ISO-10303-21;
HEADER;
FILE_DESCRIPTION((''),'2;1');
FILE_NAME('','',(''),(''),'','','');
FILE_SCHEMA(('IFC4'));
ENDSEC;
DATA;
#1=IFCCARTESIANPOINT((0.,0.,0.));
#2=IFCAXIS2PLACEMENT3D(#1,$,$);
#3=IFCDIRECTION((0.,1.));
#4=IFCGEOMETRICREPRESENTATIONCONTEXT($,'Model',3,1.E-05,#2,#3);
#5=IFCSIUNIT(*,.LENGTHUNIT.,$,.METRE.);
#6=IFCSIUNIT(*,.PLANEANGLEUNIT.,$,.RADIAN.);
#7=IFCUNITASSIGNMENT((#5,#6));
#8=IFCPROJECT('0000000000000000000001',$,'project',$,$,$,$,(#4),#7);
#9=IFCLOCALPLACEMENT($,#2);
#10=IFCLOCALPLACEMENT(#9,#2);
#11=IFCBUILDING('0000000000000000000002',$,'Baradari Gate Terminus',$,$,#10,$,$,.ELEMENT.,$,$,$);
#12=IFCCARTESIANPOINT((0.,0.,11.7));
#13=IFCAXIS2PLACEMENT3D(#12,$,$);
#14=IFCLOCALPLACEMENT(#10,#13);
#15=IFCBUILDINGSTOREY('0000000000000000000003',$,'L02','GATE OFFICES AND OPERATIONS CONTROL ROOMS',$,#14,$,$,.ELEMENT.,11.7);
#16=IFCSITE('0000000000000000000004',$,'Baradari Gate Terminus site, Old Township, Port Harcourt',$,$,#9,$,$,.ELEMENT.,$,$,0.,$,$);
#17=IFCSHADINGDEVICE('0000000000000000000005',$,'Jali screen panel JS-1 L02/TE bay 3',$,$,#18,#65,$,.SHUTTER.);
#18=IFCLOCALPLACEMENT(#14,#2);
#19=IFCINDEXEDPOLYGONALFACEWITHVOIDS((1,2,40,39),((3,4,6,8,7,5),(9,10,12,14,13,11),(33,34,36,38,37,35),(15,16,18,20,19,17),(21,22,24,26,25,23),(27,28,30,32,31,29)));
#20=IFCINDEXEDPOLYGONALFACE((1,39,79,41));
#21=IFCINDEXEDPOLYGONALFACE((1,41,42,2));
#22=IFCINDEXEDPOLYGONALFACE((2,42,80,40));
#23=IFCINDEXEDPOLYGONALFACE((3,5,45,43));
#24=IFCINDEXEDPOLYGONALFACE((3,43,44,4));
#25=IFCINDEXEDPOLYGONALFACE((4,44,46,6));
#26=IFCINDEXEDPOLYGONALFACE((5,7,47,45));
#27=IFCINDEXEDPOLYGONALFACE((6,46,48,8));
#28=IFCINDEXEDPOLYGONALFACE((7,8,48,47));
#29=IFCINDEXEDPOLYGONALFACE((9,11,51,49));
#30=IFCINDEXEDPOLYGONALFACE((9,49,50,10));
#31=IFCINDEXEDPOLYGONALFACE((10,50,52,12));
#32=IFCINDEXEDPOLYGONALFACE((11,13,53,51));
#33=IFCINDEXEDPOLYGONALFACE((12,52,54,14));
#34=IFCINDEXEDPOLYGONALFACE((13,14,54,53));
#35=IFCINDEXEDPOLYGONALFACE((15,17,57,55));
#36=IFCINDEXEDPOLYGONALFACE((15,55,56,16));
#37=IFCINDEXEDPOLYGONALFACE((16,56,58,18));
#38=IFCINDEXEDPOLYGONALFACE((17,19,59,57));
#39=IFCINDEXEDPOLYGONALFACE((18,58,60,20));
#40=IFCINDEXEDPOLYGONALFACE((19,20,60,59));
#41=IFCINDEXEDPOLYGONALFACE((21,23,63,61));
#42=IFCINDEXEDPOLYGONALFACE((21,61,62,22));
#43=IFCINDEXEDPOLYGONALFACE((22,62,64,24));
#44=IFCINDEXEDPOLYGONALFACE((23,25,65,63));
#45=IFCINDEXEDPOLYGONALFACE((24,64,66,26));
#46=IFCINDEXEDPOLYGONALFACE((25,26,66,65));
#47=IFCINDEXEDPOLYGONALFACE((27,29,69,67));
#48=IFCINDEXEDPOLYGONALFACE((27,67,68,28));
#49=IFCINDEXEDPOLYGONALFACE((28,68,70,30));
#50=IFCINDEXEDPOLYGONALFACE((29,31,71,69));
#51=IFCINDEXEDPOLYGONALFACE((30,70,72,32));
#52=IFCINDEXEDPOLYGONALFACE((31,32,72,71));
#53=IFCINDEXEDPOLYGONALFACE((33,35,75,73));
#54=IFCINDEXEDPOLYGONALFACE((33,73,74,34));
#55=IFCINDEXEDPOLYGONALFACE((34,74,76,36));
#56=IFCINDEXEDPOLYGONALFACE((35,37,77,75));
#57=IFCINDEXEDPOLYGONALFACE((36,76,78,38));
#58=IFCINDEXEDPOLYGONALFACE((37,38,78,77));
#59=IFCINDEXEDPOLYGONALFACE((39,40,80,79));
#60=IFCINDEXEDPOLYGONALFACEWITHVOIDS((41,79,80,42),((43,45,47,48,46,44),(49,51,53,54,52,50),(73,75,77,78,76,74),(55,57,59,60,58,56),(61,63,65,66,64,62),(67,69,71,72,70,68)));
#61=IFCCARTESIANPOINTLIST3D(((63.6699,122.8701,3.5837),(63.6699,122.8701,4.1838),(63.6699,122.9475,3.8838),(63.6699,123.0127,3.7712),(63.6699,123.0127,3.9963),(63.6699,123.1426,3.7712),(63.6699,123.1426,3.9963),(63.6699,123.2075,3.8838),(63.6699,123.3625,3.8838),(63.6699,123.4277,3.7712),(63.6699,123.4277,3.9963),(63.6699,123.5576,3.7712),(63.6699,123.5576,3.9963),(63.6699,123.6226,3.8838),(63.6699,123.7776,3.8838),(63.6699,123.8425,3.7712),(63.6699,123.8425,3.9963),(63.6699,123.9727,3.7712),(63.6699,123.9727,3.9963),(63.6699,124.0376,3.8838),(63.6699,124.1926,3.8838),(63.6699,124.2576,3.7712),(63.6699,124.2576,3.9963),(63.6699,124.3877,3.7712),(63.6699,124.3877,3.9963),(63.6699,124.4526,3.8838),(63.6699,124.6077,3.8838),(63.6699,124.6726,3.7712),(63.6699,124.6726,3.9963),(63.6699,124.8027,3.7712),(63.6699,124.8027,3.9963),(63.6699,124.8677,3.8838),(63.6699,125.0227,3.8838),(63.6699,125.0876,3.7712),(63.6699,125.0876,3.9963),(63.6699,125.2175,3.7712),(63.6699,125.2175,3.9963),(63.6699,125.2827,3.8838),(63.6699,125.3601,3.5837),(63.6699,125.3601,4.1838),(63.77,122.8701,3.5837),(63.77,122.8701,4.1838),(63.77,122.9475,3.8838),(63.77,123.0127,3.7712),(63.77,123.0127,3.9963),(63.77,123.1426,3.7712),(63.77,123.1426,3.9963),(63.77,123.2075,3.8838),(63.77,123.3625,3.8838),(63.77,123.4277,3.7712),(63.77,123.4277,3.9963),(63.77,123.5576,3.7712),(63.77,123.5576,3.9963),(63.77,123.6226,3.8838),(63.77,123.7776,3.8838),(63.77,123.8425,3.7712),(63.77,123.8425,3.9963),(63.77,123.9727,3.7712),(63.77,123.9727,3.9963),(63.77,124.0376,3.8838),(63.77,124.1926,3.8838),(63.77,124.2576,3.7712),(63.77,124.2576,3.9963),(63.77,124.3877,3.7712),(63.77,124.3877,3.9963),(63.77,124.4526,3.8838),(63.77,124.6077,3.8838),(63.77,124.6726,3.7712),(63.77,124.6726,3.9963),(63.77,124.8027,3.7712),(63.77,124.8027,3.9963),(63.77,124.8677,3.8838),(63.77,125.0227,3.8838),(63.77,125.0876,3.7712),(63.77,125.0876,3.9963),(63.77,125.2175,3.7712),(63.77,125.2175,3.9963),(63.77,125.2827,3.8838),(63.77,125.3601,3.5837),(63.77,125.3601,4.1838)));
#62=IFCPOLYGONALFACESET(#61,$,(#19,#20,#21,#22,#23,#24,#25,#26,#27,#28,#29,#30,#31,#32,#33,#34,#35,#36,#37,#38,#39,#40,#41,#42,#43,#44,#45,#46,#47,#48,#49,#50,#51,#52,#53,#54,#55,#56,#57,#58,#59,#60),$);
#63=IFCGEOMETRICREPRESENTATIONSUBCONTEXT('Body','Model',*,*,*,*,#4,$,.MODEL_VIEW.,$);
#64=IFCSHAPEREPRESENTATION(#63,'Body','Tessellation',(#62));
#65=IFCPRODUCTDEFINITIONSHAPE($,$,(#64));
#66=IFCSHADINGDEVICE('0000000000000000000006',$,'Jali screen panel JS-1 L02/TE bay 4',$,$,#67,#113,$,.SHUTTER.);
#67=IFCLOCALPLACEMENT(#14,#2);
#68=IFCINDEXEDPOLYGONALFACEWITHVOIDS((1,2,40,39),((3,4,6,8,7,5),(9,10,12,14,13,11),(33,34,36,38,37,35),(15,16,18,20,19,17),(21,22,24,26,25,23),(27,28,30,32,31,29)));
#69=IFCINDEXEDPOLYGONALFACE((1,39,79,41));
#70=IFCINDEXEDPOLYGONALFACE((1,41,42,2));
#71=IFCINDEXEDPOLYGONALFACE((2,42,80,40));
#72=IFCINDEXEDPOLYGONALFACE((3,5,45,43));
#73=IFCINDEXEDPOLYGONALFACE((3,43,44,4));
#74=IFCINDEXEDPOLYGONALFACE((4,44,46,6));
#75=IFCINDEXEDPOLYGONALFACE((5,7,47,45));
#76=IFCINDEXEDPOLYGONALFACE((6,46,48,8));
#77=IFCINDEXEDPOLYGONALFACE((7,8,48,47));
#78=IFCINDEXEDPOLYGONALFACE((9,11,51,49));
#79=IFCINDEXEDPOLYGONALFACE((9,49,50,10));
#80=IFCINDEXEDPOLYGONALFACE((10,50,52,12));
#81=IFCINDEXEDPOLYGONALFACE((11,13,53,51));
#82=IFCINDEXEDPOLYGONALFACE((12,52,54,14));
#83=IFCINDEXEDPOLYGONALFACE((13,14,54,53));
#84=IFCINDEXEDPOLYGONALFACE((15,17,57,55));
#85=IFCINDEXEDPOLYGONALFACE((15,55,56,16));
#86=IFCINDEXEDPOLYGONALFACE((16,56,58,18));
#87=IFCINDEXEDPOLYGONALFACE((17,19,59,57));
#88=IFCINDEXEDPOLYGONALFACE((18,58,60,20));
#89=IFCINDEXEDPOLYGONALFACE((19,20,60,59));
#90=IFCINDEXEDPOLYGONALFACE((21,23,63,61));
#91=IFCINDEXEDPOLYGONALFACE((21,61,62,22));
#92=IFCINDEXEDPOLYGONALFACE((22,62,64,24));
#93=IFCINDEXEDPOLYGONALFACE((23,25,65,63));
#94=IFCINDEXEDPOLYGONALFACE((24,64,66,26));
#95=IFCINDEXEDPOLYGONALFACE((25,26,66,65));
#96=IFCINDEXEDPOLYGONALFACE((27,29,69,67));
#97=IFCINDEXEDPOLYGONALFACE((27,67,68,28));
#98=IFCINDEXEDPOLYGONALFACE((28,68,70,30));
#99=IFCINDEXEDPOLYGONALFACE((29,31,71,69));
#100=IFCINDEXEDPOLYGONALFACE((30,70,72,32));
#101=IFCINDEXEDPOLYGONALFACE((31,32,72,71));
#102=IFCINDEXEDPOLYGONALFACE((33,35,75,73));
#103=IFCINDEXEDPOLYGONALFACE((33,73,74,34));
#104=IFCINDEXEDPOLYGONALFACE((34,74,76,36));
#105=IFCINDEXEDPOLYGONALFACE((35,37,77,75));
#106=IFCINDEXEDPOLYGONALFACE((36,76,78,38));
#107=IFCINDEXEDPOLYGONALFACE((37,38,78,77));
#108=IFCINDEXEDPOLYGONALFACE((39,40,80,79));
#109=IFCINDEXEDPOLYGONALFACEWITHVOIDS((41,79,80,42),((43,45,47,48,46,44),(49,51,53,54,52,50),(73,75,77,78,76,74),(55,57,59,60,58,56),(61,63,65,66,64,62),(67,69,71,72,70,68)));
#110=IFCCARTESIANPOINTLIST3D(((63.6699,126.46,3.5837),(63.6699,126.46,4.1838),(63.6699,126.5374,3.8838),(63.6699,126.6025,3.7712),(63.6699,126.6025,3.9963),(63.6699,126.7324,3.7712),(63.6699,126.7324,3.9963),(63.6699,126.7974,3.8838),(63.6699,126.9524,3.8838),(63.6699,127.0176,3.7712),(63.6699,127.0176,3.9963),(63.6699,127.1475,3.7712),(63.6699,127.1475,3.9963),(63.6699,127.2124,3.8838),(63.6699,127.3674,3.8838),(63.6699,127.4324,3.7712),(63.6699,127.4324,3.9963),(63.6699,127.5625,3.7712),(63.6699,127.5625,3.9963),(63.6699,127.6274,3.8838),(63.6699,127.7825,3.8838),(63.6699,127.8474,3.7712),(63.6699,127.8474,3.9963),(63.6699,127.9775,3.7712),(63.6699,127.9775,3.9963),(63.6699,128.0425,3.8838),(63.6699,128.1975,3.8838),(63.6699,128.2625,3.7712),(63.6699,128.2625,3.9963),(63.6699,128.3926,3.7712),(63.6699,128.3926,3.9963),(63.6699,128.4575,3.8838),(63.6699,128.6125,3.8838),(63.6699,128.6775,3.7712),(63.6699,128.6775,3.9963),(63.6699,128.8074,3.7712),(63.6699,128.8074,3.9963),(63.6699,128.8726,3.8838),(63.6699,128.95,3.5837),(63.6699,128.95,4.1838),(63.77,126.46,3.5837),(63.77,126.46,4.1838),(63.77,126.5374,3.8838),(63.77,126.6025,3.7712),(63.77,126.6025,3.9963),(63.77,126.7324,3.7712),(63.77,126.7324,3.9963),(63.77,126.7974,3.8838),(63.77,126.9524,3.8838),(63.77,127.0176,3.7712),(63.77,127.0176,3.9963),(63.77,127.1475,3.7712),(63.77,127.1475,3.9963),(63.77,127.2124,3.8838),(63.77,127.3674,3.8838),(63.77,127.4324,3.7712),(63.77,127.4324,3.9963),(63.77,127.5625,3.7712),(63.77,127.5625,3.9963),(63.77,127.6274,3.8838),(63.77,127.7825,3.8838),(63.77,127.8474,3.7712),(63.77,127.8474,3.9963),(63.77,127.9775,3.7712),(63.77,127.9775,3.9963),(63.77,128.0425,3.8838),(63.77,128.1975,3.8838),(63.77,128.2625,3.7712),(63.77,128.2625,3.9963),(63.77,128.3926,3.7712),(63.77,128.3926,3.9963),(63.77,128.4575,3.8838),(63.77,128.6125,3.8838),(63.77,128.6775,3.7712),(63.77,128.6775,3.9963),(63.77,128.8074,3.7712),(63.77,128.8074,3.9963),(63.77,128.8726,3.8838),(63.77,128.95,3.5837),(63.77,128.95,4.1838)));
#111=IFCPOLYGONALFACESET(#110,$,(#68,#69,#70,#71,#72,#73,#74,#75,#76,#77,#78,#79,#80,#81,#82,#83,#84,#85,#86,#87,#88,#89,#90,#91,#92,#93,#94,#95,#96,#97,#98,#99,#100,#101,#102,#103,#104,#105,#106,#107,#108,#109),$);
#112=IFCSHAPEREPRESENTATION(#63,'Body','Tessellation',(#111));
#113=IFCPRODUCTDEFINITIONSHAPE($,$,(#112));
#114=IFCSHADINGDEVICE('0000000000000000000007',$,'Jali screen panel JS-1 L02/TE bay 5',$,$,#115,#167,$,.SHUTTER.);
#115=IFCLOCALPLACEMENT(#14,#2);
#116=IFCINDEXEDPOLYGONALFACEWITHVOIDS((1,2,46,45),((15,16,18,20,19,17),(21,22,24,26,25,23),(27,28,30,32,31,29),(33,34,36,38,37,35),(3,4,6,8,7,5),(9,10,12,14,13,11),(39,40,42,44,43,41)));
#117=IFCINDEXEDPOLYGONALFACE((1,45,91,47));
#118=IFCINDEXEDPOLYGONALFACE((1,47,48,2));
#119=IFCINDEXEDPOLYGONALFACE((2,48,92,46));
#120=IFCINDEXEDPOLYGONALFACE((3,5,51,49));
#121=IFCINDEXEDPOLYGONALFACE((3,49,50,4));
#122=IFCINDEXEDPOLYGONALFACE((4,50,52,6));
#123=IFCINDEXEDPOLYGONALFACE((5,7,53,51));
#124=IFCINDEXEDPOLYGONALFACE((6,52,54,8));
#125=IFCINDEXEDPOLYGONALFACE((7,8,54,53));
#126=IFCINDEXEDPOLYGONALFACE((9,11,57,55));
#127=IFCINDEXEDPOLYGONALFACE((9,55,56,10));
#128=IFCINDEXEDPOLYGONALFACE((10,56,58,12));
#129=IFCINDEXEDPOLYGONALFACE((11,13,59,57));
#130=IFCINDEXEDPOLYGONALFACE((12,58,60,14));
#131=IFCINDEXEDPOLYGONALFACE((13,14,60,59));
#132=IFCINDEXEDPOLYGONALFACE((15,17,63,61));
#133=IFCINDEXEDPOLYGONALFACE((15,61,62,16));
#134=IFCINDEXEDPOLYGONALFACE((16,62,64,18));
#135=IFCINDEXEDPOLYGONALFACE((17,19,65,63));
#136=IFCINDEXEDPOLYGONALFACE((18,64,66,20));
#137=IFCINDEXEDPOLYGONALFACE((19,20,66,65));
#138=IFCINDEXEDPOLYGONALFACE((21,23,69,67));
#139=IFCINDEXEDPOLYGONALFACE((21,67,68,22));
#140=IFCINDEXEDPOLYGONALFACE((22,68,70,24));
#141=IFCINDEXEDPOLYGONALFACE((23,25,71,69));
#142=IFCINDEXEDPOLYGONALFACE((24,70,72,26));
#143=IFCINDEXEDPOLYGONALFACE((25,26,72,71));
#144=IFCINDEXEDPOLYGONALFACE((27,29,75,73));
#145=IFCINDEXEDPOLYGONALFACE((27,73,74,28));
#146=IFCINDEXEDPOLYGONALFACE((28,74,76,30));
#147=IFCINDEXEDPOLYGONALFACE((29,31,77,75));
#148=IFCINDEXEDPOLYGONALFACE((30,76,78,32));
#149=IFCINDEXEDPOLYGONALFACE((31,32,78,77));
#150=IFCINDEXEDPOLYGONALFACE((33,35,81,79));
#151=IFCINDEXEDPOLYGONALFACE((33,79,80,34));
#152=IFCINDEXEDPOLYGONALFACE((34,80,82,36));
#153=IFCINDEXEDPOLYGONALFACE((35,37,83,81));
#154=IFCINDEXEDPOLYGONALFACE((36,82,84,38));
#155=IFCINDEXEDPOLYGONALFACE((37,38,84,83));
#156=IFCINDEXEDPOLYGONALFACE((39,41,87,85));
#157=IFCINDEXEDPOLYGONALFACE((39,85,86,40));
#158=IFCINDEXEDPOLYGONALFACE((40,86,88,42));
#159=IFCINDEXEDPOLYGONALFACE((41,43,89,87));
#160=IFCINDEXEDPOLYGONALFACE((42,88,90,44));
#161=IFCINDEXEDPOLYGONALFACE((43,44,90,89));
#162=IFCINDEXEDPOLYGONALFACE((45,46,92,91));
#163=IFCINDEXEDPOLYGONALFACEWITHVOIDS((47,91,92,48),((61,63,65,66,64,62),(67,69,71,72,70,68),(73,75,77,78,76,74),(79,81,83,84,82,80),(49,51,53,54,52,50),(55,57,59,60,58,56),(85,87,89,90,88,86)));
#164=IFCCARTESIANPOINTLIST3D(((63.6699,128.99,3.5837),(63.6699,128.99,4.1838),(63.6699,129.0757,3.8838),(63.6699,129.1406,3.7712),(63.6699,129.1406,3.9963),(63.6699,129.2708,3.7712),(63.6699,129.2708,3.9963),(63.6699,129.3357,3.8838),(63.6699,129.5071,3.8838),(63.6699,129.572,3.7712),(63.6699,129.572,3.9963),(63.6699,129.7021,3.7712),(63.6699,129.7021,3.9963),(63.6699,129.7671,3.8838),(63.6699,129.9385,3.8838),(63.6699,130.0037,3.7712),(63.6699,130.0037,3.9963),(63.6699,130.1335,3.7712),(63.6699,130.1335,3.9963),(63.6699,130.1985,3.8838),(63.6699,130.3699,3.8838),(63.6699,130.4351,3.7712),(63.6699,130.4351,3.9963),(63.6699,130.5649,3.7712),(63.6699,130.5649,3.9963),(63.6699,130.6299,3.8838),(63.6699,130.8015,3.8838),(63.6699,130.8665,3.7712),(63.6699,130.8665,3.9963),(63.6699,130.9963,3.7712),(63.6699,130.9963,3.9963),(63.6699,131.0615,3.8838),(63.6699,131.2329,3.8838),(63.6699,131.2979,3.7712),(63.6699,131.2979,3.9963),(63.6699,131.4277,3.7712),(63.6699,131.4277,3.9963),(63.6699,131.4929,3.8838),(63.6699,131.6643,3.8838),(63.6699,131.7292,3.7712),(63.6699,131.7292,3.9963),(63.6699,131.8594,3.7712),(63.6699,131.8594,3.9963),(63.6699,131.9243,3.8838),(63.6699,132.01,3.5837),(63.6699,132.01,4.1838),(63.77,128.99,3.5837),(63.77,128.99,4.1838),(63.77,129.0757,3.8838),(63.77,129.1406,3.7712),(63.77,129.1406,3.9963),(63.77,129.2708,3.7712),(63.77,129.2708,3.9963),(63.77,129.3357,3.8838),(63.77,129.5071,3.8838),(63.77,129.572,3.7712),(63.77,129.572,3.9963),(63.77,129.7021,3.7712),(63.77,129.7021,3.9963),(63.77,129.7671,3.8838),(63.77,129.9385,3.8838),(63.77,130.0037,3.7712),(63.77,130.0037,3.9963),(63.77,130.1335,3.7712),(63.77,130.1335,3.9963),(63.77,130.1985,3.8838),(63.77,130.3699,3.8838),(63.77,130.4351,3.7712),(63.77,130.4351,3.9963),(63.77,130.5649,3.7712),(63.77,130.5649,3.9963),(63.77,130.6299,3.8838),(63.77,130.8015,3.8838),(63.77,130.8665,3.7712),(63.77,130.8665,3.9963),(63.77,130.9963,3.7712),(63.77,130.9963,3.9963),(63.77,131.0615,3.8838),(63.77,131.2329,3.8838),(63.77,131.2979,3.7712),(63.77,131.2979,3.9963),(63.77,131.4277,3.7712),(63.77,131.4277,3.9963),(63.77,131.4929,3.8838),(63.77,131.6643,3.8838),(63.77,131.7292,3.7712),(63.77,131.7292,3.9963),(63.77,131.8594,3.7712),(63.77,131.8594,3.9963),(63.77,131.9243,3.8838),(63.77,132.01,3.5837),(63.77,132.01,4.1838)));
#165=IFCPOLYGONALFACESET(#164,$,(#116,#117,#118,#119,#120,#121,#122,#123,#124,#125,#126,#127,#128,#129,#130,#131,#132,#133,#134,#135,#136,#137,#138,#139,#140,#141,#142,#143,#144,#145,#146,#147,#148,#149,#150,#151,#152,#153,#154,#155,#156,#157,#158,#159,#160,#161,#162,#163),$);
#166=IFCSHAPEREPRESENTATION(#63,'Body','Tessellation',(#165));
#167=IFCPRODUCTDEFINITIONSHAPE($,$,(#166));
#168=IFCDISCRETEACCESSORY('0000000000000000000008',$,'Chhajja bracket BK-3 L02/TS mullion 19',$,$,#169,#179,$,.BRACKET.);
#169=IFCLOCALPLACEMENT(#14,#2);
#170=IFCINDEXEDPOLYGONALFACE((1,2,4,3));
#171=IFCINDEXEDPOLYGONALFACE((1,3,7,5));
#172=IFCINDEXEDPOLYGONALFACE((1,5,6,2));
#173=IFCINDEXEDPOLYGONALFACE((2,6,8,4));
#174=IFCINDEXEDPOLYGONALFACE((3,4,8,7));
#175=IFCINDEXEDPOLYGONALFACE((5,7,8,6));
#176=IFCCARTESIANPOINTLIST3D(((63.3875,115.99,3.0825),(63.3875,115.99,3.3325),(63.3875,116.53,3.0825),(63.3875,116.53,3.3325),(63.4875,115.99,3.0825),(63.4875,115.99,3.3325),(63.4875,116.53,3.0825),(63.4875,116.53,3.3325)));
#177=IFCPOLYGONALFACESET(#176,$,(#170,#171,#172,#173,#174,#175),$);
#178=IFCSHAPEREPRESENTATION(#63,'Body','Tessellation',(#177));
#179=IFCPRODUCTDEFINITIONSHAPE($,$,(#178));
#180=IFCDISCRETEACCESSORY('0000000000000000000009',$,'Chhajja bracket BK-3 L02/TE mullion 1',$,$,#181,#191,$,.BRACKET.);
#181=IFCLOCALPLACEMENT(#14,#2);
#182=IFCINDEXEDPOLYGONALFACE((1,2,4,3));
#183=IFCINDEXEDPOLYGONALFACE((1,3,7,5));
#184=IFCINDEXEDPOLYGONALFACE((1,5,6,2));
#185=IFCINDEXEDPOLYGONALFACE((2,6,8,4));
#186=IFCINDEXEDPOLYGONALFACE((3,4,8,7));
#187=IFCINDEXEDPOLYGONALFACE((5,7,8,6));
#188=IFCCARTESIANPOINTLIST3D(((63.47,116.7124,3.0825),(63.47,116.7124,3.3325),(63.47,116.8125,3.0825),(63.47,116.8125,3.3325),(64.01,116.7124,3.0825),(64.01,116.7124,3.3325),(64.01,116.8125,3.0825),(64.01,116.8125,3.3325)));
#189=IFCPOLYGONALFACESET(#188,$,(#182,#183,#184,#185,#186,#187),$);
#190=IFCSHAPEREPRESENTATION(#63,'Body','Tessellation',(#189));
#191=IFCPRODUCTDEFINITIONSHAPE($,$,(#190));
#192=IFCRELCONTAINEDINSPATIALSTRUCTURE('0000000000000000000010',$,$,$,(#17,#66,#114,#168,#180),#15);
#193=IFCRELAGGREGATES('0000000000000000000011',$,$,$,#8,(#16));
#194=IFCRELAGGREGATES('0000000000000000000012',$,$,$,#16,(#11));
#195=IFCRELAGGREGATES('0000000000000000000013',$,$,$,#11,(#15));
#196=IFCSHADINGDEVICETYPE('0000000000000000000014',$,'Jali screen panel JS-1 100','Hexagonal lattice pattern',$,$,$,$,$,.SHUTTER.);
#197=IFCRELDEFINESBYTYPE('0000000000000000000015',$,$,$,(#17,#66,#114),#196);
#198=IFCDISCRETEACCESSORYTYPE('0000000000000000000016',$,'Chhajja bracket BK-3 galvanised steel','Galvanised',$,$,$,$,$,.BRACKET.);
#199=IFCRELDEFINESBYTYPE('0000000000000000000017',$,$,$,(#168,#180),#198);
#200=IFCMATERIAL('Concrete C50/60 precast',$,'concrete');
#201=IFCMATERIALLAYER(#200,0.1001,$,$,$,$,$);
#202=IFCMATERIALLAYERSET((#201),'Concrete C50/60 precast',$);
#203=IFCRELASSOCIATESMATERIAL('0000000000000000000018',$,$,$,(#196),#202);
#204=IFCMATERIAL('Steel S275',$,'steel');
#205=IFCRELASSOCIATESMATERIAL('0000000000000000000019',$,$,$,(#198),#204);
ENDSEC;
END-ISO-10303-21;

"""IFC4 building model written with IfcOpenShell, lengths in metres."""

from ifc_helpers import new_model, si_unit, direction, frame, origin, origin_2d, place, context, subcontext, project, spatial, polyline, rectangle, outline, extrude, material, layer, layer_set, type_object, element, save


model = new_model("IFC4")

# Units and contexts
model_context = context("Model", 3, precision=1e-05, world=origin(), true_north=direction((0.0, 1.0)))
body_context = subcontext(model_context, "Body", "Model", "MODEL_VIEW")
ifc_project = project(units=[si_unit("LENGTHUNIT", "METRE"), si_unit("PLANEANGLEUNIT", "RADIAN")], contexts=[model_context])

# Site, building, storey
site_placement = place(None, origin())
site = spatial("IfcSite", under=ifc_project, at=site_placement, Name="Baradari Gate Terminus site, Old Township, Port Harcourt", CompositionType="ELEMENT", RefElevation=0.0)
building_placement = place(site_placement, origin())
building = spatial("IfcBuilding", under=site, at=building_placement, Name="Baradari Gate Terminus", CompositionType="ELEMENT")
storey_placement = place(building_placement, frame((0.0, 0.0, 11.7)))
storey = spatial("IfcBuildingStorey", under=building, at=storey_placement, Name="L02", Description="GATE OFFICES AND OPERATIONS CONTROL ROOMS", CompositionType="ELEMENT", Elevation=11.7)

# Shading devices
ifc_material_1 = material(Name="Concrete C50/60 precast", Category="concrete")
ifc_layer_1 = layer(ifc_material_1, 0.1001)
ifc_layer_set_1 = layer_set([ifc_layer_1], Name="Concrete C50/60 precast")
shading_device_type_1 = type_object("IfcShadingDeviceType", Name="Jali screen panel JS-1 100", Description="Hexagonal lattice pattern", PredefinedType="SHUTTER", material=ifc_layer_set_1)
for number, where, z_axis, x_axis, name in (
    (1, (63.72, 122.8701, 3.5837), (0.0, 0.0, 1.0), (0.0, 1.0, 0.0), "Jali screen panel JS-1 L02/TE bay 3"),
    (2, (63.72, 126.46, 3.5837), (0.0, 0.0, 1.0), (0.0, 1.0, 0.0), "Jali screen panel JS-1 L02/TE bay 4"),
):
    element("IfcShadingDevice", number, at=place(storey_placement, frame(where, z_axis=z_axis, x_axis=x_axis)), inside=storey, type_object=shading_device_type_1, Name=name, PredefinedType="SHUTTER", context=body_context, shape_type="SweptSolid", body=[
        extrude(outline(polyline([(0.0, 0.0), (2.49, 0.0), (2.49, 0.6001), (0.0, 0.6001), (0.0, 0.0)]), holes=[polyline([(0.3374, 0.3), (0.2725, 0.1875), (0.1426, 0.1875), (0.0774, 0.3), (0.1426, 0.4126), (0.2725, 0.4126), (0.3374, 0.3)]), polyline([(0.7524, 0.3), (0.6875, 0.1875), (0.5576, 0.1875), (0.4924, 0.3), (0.5576, 0.4126), (0.6875, 0.4126), (0.7524, 0.3)]), polyline([(1.1675, 0.3), (1.1025, 0.1875), (0.9724, 0.1875), (0.9075, 0.3), (0.9724, 0.4126), (1.1025, 0.4126), (1.1675, 0.3)]), polyline([(1.5825, 0.3), (1.5176, 0.1875), (1.3875, 0.1875), (1.3225, 0.3), (1.3875, 0.4126), (1.5176, 0.4126), (1.5825, 0.3)]), polyline([(1.9976, 0.3), (1.9326, 0.1875), (1.8025, 0.1875), (1.7375, 0.3), (1.8025, 0.4126), (1.9326, 0.4126), (1.9976, 0.3)]), polyline([(2.4126, 0.3), (2.3474, 0.1875), (2.2175, 0.1875), (2.1526, 0.3), (2.2175, 0.4126), (2.3474, 0.4126), (2.4126, 0.3)])]), frame((0.0, 0.05, 0.0), z_axis=(0.0, -1.0, 0.0), x_axis=(1.0, 0.0, 0.0)), (0.0, 0.0, 1.0), 0.1001),
    ])
shading_device_1_placement = place(storey_placement, frame((63.72, 128.99, 3.5837), z_axis=(0.0, 0.0, 1.0), x_axis=(0.0, 1.0, 0.0)))
element("IfcShadingDevice", 3, at=shading_device_1_placement, inside=storey, type_object=shading_device_type_1, Name="Jali screen panel JS-1 L02/TE bay 5", PredefinedType="SHUTTER", context=body_context, shape_type="SweptSolid", body=[
    extrude(outline(polyline([(0.0, 0.0), (3.02, 0.0), (3.02, 0.6001), (0.0, 0.6001), (0.0, 0.0)]), holes=[polyline([(0.3457, 0.3), (0.2808, 0.1875), (0.1506, 0.1875), (0.0857, 0.3), (0.1506, 0.4126), (0.2808, 0.4126), (0.3457, 0.3)]), polyline([(0.7771, 0.3), (0.7122, 0.1875), (0.582, 0.1875), (0.5171, 0.3), (0.582, 0.4126), (0.7122, 0.4126), (0.7771, 0.3)]), polyline([(1.2085, 0.3), (1.1436, 0.1875), (1.0137, 0.1875), (0.9485, 0.3), (1.0137, 0.4126), (1.1436, 0.4126), (1.2085, 0.3)]), polyline([(1.6399, 0.3), (1.575, 0.1875), (1.4451, 0.1875), (1.3799, 0.3), (1.4451, 0.4126), (1.575, 0.4126), (1.6399, 0.3)]), polyline([(2.0715, 0.3), (2.0063, 0.1875), (1.8765, 0.1875), (1.8115, 0.3), (1.8765, 0.4126), (2.0063, 0.4126), (2.0715, 0.3)]), polyline([(2.5029, 0.3), (2.4377, 0.1875), (2.3079, 0.1875), (2.2429, 0.3), (2.3079, 0.4126), (2.4377, 0.4126), (2.5029, 0.3)]), polyline([(2.9343, 0.3), (2.8694, 0.1875), (2.7393, 0.1875), (2.6743, 0.3), (2.7393, 0.4126), (2.8694, 0.4126), (2.9343, 0.3)])]), frame((0.0, 0.05, 0.0), z_axis=(0.0, -1.0, 0.0), x_axis=(1.0, 0.0, 0.0)), (0.0, 0.0, 1.0), 0.1001),
])

# Discrete accessories
ifc_material_2 = material(Name="Steel S275", Category="steel")
discrete_accessory_type_1 = type_object("IfcDiscreteAccessoryType", Name="Chhajja bracket BK-3 galvanised steel", Description="Galvanised", PredefinedType="BRACKET", material=ifc_material_2)
for number, where, z_axis, x_axis, name in (
    (4, (63.4375, 116.26, 3.0825), (0.0, 0.0, 1.0), (0.0, -1.0, 0.0), "Chhajja bracket BK-3 L02/TS mullion 19"),
    (5, (63.74, 116.7625, 3.0825), (0.0, 0.0, 1.0), (1.0, 0.0, 0.0), "Chhajja bracket BK-3 L02/TE mullion 1"),
):
    element("IfcDiscreteAccessory", number, at=place(storey_placement, frame(where, z_axis=z_axis, x_axis=x_axis)), inside=storey, type_object=discrete_accessory_type_1, Name=name, PredefinedType="BRACKET", context=body_context, shape_type="SweptSolid", body=[
        extrude(rectangle(XDim=0.54, YDim=0.1001, at=origin_2d()), origin(), (0.0, 0.0, 1.0), 0.25),
    ])

save(model, "model.ifc")
